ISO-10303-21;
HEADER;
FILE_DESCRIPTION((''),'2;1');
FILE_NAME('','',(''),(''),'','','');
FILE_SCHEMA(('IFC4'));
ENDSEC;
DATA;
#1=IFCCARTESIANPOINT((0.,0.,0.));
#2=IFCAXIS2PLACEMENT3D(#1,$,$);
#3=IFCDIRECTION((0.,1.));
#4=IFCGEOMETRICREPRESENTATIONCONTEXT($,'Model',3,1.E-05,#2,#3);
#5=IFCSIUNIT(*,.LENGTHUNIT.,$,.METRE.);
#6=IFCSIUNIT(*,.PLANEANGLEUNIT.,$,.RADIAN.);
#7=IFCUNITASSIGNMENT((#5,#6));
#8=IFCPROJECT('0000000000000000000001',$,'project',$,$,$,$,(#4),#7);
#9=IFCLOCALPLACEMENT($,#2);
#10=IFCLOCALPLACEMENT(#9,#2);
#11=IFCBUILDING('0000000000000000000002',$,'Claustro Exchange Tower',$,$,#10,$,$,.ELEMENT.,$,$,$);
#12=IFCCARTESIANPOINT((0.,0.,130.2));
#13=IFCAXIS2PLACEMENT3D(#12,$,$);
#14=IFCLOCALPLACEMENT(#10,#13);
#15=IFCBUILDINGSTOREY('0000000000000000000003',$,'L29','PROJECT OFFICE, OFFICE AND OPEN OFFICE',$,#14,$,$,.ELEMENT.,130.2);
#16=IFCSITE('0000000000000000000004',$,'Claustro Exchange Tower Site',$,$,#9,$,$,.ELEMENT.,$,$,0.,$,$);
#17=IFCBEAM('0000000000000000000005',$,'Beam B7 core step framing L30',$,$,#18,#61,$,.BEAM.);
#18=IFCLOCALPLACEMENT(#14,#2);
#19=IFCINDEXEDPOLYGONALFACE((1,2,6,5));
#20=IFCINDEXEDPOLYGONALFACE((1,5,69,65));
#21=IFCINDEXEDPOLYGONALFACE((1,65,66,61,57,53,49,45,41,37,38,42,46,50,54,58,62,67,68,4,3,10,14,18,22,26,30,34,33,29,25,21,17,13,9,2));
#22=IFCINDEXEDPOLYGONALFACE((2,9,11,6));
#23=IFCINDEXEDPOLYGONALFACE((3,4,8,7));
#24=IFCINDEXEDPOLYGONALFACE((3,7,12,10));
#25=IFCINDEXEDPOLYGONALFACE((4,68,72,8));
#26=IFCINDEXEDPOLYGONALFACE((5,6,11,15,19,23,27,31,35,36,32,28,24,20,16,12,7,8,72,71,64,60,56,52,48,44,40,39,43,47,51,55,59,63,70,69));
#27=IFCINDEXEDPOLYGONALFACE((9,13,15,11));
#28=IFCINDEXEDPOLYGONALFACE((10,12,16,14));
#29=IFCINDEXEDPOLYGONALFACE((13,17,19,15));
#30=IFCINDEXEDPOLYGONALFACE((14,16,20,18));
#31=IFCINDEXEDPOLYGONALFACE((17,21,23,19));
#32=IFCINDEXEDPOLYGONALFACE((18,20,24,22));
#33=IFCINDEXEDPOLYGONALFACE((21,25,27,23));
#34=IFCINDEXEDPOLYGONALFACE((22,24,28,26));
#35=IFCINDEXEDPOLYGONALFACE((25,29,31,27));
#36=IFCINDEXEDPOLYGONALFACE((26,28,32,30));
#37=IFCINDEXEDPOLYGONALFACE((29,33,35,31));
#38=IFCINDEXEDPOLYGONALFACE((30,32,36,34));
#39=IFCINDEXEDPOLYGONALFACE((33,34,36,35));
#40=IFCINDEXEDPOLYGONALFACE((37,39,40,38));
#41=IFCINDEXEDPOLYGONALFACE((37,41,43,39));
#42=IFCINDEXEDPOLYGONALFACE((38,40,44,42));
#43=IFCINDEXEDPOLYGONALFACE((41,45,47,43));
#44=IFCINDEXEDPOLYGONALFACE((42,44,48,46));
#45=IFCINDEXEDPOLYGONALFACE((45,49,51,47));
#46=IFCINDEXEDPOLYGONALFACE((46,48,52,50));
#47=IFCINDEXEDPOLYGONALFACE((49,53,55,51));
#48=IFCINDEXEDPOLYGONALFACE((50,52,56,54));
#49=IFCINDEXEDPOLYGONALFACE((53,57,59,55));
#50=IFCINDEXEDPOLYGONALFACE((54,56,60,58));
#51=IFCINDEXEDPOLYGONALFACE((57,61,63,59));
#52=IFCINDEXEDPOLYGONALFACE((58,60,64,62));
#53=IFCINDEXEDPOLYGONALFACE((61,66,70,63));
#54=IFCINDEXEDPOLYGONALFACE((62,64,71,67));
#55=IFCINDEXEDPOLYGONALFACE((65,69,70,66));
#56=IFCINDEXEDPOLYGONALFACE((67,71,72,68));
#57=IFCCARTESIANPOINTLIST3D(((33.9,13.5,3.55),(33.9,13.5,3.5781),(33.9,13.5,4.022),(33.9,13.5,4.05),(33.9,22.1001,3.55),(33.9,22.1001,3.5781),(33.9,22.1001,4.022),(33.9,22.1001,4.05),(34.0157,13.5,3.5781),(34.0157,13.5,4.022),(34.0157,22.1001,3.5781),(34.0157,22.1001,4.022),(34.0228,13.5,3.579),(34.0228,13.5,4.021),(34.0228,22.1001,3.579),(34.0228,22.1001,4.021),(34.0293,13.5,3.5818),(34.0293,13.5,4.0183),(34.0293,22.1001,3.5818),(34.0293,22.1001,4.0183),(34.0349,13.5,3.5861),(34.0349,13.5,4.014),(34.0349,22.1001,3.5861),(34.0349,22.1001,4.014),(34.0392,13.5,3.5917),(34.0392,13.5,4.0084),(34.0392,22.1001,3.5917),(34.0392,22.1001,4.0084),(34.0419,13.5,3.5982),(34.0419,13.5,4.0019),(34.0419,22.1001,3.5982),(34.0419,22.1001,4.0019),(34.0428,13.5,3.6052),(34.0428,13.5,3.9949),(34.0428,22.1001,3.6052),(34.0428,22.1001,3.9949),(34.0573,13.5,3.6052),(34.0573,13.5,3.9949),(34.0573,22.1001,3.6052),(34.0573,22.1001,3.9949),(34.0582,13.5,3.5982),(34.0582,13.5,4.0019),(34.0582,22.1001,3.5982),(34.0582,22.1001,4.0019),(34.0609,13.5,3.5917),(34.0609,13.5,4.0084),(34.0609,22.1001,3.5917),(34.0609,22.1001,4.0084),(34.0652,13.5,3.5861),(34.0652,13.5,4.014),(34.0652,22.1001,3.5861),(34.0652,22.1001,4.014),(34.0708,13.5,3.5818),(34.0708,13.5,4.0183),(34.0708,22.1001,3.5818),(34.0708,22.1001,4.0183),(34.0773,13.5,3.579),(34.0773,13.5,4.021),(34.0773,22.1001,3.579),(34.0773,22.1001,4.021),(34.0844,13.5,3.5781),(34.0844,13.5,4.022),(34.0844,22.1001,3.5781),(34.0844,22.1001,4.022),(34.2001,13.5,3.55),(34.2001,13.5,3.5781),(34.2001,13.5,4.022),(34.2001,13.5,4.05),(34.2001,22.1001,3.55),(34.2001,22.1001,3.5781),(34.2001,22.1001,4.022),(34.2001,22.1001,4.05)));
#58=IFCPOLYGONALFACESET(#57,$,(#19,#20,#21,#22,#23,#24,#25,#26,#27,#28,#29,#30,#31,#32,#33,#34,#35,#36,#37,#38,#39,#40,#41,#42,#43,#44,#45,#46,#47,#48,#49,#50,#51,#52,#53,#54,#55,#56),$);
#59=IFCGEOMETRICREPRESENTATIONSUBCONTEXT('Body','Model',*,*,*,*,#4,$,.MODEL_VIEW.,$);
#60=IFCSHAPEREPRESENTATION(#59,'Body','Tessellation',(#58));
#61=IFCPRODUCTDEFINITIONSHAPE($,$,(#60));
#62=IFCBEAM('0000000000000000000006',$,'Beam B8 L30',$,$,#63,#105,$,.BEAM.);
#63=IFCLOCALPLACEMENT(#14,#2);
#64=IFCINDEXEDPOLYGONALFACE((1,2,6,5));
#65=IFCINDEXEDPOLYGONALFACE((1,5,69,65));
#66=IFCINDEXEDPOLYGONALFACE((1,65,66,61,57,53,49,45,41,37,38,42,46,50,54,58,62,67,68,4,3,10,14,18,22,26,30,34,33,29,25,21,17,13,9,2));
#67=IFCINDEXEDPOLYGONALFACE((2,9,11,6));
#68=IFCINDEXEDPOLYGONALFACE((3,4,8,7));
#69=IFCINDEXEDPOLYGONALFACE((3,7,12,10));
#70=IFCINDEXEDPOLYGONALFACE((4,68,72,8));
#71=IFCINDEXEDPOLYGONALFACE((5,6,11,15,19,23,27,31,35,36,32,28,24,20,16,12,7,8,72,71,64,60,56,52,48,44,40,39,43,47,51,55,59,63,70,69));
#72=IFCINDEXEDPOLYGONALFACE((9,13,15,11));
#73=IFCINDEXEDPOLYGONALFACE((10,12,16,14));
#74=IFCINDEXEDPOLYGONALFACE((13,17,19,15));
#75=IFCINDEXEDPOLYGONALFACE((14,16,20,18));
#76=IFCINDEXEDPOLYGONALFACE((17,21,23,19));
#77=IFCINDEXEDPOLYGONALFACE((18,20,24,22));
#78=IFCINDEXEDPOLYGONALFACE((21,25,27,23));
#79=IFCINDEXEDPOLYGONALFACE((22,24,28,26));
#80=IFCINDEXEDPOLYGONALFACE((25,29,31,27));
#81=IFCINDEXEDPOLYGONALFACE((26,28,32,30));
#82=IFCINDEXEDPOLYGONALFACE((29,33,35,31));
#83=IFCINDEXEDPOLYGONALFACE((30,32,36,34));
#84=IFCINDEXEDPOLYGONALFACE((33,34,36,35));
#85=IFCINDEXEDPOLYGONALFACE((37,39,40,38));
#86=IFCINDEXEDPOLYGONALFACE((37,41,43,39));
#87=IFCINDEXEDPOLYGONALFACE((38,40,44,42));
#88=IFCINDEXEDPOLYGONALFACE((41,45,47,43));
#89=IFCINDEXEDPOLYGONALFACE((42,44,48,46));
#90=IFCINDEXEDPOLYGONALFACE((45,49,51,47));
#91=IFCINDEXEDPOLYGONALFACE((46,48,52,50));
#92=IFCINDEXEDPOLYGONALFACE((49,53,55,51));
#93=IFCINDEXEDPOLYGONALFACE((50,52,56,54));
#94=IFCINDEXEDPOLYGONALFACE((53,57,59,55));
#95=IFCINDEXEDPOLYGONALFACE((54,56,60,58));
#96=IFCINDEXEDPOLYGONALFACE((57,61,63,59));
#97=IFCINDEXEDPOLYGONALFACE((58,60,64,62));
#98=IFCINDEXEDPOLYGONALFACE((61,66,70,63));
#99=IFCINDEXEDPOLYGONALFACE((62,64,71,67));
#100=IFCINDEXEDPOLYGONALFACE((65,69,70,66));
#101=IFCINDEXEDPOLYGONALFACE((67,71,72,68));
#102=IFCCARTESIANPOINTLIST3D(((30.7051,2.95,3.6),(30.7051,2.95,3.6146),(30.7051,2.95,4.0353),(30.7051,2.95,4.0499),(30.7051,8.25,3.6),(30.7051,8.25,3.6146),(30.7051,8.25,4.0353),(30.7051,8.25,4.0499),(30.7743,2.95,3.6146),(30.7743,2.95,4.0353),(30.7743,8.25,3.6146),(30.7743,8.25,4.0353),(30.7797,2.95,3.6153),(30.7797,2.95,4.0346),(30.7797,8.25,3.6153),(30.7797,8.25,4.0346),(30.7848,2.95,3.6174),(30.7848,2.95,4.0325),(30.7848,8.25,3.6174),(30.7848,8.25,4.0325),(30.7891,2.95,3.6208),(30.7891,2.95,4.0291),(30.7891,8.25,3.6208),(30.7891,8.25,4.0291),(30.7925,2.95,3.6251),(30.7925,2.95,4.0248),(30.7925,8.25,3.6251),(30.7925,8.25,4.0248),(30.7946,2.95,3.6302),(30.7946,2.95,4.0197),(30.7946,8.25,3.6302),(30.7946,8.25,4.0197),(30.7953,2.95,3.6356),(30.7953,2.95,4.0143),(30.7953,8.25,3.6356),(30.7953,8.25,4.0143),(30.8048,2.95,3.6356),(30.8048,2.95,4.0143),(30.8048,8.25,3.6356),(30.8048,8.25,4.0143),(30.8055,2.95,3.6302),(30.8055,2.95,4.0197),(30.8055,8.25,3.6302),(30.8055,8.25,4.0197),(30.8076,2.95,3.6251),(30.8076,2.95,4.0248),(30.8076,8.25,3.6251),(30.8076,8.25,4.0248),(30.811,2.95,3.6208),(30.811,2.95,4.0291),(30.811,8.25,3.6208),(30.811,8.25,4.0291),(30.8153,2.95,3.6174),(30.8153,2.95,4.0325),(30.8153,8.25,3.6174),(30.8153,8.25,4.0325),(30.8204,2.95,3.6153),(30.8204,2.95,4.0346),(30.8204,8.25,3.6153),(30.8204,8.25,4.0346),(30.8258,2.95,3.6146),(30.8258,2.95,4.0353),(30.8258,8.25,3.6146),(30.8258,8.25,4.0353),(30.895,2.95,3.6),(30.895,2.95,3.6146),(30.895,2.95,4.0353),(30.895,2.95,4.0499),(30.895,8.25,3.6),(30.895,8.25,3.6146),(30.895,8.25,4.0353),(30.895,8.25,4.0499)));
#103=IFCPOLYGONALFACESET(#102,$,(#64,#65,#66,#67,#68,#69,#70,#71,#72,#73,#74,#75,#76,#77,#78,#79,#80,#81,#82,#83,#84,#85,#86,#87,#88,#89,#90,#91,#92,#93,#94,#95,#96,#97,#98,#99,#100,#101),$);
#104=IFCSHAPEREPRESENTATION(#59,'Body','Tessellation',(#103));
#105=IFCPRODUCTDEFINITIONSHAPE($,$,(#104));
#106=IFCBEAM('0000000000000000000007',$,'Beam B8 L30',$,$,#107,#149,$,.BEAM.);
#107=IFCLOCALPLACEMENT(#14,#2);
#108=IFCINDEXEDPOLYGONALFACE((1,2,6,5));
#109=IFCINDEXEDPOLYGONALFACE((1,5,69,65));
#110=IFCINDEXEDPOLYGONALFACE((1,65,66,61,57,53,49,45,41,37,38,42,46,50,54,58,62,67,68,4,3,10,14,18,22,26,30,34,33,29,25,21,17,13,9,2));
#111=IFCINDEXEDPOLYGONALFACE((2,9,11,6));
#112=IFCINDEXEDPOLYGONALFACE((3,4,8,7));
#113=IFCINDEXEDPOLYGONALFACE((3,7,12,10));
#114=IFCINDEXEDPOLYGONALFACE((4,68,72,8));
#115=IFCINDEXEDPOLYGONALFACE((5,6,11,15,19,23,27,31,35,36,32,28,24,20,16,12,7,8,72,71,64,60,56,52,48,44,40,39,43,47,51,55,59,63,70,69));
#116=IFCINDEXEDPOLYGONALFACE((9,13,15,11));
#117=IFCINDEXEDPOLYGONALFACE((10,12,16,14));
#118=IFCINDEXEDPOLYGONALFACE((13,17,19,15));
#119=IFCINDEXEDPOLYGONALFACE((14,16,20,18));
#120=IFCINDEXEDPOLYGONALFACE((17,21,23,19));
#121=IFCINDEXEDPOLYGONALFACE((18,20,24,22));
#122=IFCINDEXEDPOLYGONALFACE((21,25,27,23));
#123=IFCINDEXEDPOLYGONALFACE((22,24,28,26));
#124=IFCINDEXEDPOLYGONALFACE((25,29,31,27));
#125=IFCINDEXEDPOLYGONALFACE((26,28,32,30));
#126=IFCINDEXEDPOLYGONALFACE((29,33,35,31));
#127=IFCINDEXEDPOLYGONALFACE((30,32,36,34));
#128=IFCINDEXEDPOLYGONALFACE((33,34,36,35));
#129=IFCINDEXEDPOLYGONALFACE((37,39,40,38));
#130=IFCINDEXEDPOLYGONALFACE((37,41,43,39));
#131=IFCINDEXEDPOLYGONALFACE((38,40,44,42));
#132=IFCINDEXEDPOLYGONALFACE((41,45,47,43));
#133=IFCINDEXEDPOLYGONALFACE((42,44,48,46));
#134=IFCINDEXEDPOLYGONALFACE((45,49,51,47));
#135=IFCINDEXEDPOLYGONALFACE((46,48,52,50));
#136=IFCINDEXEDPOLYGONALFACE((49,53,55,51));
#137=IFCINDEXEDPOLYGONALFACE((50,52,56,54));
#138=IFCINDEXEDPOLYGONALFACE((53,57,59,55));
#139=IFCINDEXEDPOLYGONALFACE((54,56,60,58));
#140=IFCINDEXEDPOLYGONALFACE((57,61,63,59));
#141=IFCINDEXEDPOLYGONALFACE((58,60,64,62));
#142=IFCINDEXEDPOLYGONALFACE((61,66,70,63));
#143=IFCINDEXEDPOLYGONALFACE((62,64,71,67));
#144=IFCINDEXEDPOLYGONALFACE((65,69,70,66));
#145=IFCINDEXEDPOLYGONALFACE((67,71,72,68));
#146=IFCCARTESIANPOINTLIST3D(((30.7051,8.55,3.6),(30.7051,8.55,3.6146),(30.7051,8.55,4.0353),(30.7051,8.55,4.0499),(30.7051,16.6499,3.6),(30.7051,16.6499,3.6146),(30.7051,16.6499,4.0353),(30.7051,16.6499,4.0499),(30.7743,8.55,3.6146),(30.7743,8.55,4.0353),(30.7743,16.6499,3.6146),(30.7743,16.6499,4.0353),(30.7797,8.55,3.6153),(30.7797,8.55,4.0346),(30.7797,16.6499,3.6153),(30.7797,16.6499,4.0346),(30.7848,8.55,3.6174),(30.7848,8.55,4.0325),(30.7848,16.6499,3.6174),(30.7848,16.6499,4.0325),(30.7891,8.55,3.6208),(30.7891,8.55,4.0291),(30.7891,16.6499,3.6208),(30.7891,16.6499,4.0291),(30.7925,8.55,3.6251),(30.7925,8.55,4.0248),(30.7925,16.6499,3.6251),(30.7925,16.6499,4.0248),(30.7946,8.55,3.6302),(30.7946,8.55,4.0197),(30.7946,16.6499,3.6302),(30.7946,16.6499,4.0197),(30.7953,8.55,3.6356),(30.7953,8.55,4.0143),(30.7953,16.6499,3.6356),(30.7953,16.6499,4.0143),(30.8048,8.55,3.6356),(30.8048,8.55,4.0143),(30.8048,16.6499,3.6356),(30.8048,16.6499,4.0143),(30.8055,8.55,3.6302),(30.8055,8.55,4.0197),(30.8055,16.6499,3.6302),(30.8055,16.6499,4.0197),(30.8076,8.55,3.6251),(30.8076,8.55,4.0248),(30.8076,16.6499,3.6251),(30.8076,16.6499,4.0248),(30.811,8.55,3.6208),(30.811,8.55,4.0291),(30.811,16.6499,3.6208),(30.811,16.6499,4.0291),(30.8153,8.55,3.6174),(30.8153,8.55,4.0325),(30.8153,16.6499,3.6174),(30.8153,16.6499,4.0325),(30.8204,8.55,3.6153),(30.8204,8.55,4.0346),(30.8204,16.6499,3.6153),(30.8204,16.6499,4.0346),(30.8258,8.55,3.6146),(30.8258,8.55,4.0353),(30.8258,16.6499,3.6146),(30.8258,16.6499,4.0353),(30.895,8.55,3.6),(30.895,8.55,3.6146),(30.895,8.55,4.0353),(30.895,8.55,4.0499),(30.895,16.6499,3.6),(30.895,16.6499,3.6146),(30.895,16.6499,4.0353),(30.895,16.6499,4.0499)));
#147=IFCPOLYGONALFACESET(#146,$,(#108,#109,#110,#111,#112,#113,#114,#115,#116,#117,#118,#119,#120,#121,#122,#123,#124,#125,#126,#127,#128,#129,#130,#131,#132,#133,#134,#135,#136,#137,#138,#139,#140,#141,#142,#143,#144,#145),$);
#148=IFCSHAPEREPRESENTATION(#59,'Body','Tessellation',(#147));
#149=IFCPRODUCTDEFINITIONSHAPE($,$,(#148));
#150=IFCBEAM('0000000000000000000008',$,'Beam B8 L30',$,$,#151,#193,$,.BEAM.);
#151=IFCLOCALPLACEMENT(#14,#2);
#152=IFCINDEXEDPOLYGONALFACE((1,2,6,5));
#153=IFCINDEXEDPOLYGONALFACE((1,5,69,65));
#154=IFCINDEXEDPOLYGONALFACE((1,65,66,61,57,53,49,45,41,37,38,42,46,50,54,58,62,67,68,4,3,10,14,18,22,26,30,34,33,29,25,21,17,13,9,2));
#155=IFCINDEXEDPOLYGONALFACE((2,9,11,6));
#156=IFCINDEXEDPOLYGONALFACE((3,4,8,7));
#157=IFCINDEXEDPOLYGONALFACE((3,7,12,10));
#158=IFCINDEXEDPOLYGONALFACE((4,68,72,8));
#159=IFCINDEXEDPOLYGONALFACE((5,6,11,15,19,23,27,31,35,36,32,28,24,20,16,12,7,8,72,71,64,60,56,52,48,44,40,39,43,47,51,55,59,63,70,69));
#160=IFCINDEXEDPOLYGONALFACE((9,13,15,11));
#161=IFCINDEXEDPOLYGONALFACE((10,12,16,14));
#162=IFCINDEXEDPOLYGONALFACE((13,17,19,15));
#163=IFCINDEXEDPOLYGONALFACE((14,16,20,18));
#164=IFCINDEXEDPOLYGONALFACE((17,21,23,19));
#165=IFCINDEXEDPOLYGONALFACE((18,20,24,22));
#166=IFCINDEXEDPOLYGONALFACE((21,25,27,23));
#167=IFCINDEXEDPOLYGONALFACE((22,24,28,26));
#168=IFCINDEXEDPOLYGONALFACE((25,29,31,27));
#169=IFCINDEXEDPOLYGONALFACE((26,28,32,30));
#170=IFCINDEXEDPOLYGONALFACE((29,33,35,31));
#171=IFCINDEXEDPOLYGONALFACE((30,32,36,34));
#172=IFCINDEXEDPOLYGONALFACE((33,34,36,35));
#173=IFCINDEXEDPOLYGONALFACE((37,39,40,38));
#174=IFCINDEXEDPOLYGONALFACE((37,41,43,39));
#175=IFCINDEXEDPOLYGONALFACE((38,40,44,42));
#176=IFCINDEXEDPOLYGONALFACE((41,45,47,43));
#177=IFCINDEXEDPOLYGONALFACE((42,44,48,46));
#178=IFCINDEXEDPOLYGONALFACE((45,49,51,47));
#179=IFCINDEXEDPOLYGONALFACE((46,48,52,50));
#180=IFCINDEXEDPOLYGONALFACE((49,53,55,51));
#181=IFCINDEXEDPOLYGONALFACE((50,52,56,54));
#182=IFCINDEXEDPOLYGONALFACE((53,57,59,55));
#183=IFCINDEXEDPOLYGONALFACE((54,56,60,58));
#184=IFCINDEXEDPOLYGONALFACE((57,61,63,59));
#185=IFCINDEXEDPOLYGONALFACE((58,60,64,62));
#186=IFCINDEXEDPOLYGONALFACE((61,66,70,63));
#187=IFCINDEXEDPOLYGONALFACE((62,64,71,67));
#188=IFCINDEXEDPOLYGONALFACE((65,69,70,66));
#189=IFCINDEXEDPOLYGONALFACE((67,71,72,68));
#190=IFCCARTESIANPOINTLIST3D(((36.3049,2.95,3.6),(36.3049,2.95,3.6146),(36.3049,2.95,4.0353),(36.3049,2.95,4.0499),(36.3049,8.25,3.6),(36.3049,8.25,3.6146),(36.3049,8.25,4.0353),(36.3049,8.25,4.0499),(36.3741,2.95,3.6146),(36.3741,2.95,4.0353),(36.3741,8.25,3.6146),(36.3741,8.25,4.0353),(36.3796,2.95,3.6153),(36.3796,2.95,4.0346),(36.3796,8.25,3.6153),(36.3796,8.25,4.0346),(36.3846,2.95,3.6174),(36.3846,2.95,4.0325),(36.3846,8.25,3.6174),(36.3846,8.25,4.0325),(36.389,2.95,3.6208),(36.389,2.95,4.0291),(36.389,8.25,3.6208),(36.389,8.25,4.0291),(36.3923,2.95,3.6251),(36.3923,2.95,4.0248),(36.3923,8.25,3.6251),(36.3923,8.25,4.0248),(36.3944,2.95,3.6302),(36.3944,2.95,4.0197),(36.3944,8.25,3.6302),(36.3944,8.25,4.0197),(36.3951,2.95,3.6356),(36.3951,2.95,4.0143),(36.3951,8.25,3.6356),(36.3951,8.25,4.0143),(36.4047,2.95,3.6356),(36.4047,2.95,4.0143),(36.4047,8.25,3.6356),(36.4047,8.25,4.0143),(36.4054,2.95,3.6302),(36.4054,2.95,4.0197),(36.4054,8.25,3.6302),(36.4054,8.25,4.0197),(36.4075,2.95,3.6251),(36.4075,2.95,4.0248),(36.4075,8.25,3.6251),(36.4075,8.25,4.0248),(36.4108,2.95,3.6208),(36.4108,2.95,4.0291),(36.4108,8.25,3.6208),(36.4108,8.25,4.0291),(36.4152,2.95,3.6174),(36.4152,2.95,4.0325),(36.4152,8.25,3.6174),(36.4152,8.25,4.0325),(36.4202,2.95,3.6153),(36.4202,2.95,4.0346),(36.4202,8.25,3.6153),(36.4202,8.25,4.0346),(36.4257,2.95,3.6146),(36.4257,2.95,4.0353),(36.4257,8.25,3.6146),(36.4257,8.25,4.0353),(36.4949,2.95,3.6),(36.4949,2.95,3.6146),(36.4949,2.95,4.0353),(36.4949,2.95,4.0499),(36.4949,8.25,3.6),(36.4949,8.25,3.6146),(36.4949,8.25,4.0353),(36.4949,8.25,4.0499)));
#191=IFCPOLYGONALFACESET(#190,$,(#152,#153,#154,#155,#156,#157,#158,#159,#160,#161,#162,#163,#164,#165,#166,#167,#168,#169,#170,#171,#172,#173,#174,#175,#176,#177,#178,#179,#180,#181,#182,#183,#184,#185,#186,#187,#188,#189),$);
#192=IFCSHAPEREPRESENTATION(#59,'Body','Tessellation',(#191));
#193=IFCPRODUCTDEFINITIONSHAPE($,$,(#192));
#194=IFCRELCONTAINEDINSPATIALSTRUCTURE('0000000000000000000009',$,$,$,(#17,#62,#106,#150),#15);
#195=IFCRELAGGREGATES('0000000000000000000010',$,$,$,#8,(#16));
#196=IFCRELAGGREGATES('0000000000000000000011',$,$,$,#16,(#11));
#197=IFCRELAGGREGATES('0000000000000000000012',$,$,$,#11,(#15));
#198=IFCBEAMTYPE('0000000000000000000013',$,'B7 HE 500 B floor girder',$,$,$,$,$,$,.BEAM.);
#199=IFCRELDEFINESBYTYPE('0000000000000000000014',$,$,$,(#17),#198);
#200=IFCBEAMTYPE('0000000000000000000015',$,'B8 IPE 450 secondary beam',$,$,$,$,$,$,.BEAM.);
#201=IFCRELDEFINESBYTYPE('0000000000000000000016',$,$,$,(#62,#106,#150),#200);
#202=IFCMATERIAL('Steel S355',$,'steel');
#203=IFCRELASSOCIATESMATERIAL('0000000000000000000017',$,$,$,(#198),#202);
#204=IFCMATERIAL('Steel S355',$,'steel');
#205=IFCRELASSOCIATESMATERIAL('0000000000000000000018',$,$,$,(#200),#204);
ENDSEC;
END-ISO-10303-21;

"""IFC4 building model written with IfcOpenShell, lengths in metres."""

from ifc_helpers import new_model, si_unit, direction, frame, origin, origin_2d, place, context, subcontext, project, spatial, i_section, extrude, material, material_profile, profile_set, type_object, element, save


model = new_model("IFC4")

# Units and contexts
model_context = context("Model", 3, precision=1e-05, world=origin(), true_north=direction((0.0, 1.0)))
body_context = subcontext(model_context, "Body", "Model", "MODEL_VIEW")
ifc_project = project(units=[si_unit("LENGTHUNIT", "METRE"), si_unit("PLANEANGLEUNIT", "RADIAN")], contexts=[model_context])

# Site, building, storey
site_placement = place(None, origin())
site = spatial("IfcSite", under=ifc_project, at=site_placement, Name="Claustro Exchange Tower Site", CompositionType="ELEMENT", RefElevation=0.0)
building_placement = place(site_placement, origin())
building = spatial("IfcBuilding", under=site, at=building_placement, Name="Claustro Exchange Tower", CompositionType="ELEMENT")
storey_placement = place(building_placement, frame((0.0, 0.0, 130.2)))
storey = spatial("IfcBuildingStorey", under=building, at=storey_placement, Name="L29", Description="PROJECT OFFICE, OFFICE AND OPEN OFFICE", CompositionType="ELEMENT", Elevation=130.2)

# Beams
ifc_material_1 = material(Name="Steel S355", Category="steel")
ifc_material_profile_1 = material_profile(ifc_material_1, i_section(OverallWidth=0.3, OverallDepth=0.5, WebThickness=0.0144, FlangeThickness=0.0281, FilletRadius=0.0271, at=origin_2d()), Name="HE 500 B")
ifc_profile_set_1 = profile_set([ifc_material_profile_1], Name="Steel S355")
beam_type_1 = type_object("IfcBeamType", Name="B7 HE 500 B floor girder", PredefinedType="BEAM", material=ifc_profile_set_1)
beam_1_placement = place(storey_placement, frame((34.05, 13.5, 3.8), z_axis=(0.0, 1.0, 0.0), x_axis=(-1.0, 0.0, 0.0)))
element("IfcBeam", 1, at=beam_1_placement, inside=storey, type_object=beam_type_1, Name="Beam B7 core step framing L30", PredefinedType="BEAM", context=body_context, shape_type="SweptSolid", body=[
    extrude(i_section(OverallWidth=0.3, OverallDepth=0.5, WebThickness=0.0144, FlangeThickness=0.0281, FilletRadius=0.0271, at=origin_2d()), origin(), (0.0, 0.0, 1.0), 8.6001),
])
ifc_material_2 = material(Name="Steel S355", Category="steel")
ifc_material_profile_2 = material_profile(ifc_material_2, i_section(OverallWidth=0.1899, OverallDepth=0.45, WebThickness=0.0095, FlangeThickness=0.0146, FilletRadius=0.021, at=origin_2d()), Name="IPE 450")
ifc_profile_set_2 = profile_set([ifc_material_profile_2], Name="Steel S355")
beam_type_2 = type_object("IfcBeamType", Name="B8 IPE 450 secondary beam", PredefinedType="BEAM", material=ifc_profile_set_2)
beam_2_placement = place(storey_placement, frame((30.8, 2.95, 3.825), z_axis=(0.0, 1.0, 0.0), x_axis=(-1.0, 0.0, 0.0)))
element("IfcBeam", 2, at=beam_2_placement, inside=storey, type_object=beam_type_2, Name="Beam B8 L30", PredefinedType="BEAM", context=body_context, shape_type="SweptSolid", body=[
    extrude(i_section(OverallWidth=0.1899, OverallDepth=0.45, WebThickness=0.0095, FlangeThickness=0.0146, FilletRadius=0.021, at=origin_2d()), origin(), (0.0, 0.0, 1.0), 5.3),
])
beam_3_placement = place(storey_placement, frame((30.8, 8.55, 3.825), z_axis=(0.0, 1.0, 0.0), x_axis=(-1.0, 0.0, 0.0)))
element("IfcBeam", 3, at=beam_3_placement, inside=storey, type_object=beam_type_2, Name="Beam B8 L30", PredefinedType="BEAM", context=body_context, shape_type="SweptSolid", body=[
    extrude(i_section(OverallWidth=0.1899, OverallDepth=0.45, WebThickness=0.0095, FlangeThickness=0.0146, FilletRadius=0.021, at=origin_2d()), origin(), (0.0, 0.0, 1.0), 8.0999),
])
beam_4_placement = place(storey_placement, frame((36.3999, 2.95, 3.825), z_axis=(0.0, 1.0, 0.0), x_axis=(-1.0, 0.0, 0.0)))
element("IfcBeam", 4, at=beam_4_placement, inside=storey, type_object=beam_type_2, Name="Beam B8 L30", PredefinedType="BEAM", context=body_context, shape_type="SweptSolid", body=[
    extrude(i_section(OverallWidth=0.1899, OverallDepth=0.45, WebThickness=0.0095, FlangeThickness=0.0146, FilletRadius=0.021, at=origin_2d()), origin(), (0.0, 0.0, 1.0), 5.3),
])

save(model, "model.ifc")
